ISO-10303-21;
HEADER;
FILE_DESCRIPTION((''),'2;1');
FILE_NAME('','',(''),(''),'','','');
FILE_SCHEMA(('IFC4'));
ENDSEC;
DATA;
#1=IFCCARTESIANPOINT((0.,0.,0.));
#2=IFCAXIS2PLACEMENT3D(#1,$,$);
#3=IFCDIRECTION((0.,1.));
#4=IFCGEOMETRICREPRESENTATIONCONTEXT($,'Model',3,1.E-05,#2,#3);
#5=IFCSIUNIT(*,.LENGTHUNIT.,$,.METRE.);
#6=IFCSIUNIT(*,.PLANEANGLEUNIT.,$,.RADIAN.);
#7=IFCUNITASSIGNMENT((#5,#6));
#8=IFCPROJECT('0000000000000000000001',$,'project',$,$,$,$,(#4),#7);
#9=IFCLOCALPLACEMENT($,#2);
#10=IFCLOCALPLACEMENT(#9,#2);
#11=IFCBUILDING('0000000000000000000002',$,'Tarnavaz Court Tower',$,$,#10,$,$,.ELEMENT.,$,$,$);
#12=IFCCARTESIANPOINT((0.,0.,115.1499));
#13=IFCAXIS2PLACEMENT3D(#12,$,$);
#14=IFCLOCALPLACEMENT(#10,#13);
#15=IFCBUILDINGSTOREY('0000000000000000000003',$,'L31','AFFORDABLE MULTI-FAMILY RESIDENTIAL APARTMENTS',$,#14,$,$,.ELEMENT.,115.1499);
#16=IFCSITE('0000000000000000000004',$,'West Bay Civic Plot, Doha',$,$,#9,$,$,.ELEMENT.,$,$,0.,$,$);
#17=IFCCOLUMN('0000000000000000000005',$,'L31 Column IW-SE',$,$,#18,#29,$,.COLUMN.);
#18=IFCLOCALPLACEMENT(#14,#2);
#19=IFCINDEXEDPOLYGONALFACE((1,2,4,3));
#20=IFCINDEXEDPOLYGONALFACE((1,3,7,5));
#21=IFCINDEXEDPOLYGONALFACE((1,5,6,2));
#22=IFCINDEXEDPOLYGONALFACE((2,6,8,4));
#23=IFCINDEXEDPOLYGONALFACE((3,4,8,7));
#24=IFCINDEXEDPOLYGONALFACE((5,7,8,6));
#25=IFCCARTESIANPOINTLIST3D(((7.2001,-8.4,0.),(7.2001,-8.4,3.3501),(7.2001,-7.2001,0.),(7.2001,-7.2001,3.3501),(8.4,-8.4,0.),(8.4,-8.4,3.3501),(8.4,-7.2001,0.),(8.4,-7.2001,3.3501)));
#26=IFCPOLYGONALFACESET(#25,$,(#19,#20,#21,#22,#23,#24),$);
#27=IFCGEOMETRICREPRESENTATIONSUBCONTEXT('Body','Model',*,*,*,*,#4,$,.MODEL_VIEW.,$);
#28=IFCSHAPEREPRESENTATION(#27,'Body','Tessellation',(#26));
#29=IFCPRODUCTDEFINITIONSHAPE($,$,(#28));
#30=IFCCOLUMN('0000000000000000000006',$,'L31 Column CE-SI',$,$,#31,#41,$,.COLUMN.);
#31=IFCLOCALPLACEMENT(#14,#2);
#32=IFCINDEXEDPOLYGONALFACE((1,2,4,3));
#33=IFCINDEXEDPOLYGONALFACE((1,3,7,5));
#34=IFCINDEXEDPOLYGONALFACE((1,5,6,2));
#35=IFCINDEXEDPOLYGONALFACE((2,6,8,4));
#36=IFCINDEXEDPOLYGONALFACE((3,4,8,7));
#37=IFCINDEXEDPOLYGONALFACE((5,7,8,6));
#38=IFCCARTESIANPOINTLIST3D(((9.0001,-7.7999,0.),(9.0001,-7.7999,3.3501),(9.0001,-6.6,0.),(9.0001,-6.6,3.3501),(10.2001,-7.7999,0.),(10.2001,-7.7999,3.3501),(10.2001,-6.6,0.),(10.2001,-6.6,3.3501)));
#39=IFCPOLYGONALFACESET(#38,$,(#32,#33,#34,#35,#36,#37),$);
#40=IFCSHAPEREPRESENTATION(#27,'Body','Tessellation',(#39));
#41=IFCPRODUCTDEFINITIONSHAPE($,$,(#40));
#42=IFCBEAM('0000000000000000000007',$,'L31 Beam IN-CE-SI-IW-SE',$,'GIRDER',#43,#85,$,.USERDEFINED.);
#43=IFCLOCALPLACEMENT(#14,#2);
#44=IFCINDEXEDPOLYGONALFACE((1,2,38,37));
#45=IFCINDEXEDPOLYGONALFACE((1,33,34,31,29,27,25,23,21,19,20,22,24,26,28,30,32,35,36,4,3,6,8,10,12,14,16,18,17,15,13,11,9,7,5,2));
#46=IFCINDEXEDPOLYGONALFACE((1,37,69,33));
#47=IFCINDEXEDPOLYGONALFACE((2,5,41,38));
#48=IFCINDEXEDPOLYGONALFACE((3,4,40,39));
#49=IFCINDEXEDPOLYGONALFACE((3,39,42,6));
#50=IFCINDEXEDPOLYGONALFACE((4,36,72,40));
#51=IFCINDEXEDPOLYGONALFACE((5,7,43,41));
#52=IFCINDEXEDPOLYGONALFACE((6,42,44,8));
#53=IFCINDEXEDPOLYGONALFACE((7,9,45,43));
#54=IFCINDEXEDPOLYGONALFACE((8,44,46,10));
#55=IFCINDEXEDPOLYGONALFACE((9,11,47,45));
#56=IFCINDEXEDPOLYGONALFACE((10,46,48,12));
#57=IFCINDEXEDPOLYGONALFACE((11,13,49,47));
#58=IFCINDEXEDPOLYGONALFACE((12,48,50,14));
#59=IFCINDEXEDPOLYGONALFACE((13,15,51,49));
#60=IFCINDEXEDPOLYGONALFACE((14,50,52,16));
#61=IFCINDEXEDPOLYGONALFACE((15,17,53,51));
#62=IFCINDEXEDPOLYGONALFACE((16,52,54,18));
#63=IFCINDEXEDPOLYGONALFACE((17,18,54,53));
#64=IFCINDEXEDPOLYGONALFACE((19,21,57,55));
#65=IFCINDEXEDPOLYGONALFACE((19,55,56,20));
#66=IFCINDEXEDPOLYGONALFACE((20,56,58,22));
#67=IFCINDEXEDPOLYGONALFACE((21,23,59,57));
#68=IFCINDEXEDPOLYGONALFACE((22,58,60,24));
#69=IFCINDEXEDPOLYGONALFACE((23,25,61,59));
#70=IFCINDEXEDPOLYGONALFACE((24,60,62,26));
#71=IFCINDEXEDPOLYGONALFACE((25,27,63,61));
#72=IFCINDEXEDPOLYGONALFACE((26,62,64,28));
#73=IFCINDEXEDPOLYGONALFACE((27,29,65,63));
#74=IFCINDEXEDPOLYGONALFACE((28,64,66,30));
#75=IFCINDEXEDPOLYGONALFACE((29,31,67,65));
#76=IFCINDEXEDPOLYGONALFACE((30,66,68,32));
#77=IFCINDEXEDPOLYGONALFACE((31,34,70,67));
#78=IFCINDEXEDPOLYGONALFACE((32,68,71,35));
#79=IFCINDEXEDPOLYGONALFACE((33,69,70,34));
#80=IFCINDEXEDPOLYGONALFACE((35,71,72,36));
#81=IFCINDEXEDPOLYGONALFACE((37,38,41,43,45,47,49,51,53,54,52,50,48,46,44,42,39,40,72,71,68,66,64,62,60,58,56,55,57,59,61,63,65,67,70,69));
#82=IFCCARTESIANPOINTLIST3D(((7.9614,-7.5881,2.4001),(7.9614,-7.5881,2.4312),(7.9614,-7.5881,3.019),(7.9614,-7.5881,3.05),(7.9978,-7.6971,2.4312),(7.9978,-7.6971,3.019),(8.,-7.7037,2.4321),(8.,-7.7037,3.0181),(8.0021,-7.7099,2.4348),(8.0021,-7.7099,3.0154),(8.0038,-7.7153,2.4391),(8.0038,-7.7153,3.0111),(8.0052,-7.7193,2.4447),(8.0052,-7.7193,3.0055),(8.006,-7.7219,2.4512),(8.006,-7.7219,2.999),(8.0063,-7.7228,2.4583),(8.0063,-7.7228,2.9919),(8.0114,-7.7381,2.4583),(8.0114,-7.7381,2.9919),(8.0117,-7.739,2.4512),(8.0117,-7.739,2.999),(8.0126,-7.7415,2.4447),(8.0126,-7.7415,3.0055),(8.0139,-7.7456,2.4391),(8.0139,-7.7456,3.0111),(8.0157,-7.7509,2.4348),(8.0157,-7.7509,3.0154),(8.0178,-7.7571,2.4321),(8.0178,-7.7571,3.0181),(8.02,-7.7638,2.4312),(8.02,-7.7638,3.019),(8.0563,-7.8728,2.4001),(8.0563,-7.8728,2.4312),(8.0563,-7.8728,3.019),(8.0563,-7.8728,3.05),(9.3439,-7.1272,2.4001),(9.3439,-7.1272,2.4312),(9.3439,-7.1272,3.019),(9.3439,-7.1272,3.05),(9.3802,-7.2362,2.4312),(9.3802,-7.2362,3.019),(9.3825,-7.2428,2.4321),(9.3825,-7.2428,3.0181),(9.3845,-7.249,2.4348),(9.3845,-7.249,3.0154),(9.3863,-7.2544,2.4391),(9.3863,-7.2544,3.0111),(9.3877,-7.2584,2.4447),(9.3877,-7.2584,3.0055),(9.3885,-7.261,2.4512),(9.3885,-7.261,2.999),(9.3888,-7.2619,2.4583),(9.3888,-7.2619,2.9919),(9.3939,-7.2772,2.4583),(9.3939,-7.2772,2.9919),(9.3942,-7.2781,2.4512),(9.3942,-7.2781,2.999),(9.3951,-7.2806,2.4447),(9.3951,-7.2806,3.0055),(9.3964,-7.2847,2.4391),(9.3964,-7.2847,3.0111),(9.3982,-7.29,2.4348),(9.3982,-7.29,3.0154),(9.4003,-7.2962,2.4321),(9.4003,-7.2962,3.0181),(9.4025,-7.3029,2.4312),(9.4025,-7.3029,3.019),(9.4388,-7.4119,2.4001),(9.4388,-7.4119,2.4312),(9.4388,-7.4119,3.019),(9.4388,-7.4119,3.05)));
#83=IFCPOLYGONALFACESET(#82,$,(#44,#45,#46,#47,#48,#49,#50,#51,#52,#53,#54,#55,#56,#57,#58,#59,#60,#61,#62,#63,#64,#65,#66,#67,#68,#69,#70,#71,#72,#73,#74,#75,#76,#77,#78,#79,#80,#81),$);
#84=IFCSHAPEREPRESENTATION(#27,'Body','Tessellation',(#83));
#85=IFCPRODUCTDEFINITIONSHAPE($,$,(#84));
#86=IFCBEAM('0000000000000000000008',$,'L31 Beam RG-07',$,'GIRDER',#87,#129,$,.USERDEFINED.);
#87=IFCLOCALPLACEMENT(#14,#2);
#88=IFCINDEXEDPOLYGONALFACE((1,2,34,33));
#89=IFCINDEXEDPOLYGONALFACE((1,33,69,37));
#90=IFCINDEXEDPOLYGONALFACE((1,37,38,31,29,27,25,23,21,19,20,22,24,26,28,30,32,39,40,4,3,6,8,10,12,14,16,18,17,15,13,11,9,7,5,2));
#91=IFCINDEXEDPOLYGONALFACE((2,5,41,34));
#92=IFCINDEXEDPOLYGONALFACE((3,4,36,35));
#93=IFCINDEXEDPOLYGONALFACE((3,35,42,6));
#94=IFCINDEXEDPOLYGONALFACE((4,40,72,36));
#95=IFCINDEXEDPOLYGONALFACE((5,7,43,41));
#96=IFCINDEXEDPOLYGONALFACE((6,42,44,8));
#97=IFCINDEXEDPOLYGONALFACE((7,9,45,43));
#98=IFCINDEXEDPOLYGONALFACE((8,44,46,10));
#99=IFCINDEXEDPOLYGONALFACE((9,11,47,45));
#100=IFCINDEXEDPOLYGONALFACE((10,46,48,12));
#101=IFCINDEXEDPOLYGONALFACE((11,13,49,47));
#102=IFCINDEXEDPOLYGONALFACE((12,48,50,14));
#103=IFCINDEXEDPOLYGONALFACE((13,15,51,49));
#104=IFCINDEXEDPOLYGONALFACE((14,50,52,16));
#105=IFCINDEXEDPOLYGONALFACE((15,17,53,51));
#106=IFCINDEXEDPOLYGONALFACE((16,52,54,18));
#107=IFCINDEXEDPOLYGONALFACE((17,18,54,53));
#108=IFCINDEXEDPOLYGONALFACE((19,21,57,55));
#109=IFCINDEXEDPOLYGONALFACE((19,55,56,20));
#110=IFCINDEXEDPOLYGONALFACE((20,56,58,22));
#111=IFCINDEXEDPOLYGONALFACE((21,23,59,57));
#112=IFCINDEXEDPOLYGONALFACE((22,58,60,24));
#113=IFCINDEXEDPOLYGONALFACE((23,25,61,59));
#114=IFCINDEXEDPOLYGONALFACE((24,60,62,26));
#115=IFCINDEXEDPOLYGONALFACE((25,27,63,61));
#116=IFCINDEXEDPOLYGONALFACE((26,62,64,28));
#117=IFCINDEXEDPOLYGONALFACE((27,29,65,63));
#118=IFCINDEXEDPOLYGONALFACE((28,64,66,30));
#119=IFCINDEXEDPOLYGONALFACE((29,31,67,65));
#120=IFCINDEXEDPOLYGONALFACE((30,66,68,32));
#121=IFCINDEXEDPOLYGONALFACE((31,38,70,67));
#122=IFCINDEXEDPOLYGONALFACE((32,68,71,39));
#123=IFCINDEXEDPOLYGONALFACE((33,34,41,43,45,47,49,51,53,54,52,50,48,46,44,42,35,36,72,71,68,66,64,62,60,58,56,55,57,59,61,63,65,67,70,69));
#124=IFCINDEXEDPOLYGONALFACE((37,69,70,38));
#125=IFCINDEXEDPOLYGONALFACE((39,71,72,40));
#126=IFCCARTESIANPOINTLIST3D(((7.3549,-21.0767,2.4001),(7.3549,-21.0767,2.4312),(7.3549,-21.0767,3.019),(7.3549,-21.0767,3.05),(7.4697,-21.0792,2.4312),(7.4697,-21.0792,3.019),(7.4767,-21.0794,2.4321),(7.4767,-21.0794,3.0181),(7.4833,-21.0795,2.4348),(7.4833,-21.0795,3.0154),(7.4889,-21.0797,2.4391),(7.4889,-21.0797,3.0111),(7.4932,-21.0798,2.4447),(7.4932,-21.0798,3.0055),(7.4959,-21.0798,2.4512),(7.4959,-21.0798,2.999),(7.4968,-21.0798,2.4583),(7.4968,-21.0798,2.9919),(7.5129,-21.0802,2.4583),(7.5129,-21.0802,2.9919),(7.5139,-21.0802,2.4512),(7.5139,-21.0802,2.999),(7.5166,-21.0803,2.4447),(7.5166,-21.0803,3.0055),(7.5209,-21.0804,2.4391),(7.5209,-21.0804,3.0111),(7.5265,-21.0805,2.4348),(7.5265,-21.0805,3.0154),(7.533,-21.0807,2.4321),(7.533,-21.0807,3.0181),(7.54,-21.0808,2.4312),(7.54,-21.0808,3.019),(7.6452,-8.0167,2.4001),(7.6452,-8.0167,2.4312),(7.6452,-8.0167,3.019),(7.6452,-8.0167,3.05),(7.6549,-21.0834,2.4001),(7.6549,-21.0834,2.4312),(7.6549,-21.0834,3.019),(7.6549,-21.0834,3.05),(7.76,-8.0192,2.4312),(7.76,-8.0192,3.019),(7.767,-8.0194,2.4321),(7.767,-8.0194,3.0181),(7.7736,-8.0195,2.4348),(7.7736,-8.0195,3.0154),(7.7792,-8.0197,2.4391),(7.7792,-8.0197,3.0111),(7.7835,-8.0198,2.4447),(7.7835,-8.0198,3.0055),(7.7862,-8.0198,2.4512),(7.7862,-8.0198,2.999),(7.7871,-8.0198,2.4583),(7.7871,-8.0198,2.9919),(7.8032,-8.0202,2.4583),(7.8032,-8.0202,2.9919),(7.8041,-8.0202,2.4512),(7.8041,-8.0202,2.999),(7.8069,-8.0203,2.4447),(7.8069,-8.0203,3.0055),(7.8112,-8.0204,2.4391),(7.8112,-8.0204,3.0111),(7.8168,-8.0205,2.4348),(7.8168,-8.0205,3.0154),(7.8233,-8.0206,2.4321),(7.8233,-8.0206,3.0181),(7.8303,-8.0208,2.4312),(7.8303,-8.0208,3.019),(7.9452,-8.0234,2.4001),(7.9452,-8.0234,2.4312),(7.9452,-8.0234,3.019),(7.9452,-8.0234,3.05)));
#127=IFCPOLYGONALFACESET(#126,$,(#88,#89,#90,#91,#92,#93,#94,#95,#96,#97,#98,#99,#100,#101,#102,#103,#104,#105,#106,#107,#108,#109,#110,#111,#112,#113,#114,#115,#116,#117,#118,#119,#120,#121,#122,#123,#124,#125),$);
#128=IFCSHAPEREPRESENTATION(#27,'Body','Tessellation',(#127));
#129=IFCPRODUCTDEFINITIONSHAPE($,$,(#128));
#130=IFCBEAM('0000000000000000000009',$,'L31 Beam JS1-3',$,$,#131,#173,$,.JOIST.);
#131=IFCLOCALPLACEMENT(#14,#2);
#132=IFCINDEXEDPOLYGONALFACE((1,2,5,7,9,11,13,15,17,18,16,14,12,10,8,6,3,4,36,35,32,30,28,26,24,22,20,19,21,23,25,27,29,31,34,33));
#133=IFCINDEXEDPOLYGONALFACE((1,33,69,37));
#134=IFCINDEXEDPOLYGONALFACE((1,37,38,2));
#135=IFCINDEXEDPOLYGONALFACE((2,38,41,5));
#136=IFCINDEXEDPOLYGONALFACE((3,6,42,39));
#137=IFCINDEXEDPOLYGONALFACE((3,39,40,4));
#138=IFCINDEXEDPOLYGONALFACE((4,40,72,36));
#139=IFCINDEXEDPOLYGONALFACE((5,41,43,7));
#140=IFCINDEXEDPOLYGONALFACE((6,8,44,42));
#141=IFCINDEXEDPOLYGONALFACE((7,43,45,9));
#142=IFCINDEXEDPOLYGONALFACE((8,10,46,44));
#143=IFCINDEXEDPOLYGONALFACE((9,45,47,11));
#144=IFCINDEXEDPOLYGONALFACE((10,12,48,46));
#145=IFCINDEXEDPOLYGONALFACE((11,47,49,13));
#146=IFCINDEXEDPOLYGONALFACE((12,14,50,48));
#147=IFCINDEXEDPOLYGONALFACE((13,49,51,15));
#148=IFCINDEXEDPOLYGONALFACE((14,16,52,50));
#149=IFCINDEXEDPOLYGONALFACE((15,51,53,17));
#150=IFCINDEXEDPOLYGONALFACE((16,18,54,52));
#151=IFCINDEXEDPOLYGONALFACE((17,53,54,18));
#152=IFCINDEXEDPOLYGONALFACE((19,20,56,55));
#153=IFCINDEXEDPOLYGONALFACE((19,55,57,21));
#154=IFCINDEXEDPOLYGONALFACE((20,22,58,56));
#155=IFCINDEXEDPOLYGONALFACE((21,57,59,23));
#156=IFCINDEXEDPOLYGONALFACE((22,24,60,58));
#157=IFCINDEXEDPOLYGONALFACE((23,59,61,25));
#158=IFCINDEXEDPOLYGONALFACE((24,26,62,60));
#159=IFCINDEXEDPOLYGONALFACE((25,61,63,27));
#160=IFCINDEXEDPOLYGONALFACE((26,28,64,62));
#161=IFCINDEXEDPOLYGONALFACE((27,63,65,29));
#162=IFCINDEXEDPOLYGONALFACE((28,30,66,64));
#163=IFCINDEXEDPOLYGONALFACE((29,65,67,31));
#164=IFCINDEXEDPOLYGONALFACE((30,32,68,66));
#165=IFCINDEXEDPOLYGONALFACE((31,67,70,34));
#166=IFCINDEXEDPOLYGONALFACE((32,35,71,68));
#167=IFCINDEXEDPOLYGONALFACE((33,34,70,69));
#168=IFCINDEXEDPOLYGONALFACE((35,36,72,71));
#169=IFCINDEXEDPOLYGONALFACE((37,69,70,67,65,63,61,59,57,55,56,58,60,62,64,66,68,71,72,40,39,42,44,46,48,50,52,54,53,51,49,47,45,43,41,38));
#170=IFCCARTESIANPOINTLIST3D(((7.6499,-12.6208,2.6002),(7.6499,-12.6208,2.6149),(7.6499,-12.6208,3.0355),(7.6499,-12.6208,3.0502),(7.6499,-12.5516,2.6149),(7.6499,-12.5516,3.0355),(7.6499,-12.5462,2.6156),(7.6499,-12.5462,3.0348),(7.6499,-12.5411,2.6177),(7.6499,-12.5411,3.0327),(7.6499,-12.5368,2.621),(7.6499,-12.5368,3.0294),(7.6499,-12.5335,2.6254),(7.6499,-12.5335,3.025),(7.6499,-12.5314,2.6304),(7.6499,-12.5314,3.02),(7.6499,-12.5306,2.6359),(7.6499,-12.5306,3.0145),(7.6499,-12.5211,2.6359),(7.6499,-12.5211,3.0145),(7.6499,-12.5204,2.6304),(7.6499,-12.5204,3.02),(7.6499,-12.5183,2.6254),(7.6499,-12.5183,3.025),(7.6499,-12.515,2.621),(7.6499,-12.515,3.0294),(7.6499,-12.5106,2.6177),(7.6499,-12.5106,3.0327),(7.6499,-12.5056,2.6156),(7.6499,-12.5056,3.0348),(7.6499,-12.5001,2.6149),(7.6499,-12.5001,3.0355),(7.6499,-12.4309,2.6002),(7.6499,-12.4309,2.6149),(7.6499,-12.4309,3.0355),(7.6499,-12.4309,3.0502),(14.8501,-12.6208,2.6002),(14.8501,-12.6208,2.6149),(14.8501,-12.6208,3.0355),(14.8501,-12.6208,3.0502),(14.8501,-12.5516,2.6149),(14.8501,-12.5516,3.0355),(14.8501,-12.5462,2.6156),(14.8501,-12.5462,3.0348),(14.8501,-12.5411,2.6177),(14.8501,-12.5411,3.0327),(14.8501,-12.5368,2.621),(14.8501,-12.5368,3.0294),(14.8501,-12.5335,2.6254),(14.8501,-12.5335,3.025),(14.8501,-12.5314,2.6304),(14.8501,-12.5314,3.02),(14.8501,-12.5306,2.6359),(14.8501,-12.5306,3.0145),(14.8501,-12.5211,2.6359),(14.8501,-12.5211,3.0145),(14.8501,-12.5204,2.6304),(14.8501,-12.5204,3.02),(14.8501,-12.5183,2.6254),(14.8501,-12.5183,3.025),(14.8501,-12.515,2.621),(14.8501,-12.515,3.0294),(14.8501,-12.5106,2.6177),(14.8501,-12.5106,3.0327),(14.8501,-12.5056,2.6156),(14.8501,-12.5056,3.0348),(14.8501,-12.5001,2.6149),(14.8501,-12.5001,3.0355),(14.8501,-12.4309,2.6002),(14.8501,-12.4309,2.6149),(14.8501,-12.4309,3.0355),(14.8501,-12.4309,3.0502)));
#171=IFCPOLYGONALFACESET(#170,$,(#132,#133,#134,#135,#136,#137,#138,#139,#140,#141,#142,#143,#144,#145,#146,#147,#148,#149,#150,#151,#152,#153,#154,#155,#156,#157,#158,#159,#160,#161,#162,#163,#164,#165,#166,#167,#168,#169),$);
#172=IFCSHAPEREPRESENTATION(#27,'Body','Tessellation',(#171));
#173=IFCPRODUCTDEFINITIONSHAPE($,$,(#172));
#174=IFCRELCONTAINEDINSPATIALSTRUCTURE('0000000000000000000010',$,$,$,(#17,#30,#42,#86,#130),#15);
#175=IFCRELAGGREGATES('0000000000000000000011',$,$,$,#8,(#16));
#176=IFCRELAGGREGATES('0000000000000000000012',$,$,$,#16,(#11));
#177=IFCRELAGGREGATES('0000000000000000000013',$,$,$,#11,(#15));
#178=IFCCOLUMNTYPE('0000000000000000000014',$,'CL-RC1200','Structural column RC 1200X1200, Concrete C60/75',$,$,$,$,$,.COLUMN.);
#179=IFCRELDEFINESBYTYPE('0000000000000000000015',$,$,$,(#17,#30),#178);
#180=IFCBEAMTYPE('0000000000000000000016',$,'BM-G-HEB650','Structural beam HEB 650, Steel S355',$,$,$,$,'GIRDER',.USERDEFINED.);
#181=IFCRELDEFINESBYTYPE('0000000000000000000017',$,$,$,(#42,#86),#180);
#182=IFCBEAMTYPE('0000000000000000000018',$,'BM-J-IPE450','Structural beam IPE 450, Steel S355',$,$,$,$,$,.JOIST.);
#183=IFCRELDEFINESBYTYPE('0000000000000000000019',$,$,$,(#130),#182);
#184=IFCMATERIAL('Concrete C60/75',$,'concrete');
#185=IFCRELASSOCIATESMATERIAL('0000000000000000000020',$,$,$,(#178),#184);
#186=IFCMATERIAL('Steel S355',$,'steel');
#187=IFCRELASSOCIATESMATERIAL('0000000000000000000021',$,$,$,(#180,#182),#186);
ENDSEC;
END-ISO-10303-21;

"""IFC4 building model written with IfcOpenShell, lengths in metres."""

from ifc_helpers import new_model, si_unit, direction, frame, origin, origin_2d, place, context, subcontext, project, spatial, rectangle, i_section, extrude, material, material_profile, profile_set, type_object, element, save


model = new_model("IFC4")

# Units and contexts
model_context = context("Model", 3, precision=1e-05, world=origin(), true_north=direction((0.0, 1.0)))
body_context = subcontext(model_context, "Body", "Model", "MODEL_VIEW")
ifc_project = project(units=[si_unit("LENGTHUNIT", "METRE"), si_unit("PLANEANGLEUNIT", "RADIAN")], contexts=[model_context])

# Site, building, storey
site_placement = place(None, origin())
site = spatial("IfcSite", under=ifc_project, at=site_placement, Name="West Bay Civic Plot, Doha", CompositionType="ELEMENT", RefElevation=0.0)
building_placement = place(site_placement, origin())
building = spatial("IfcBuilding", under=site, at=building_placement, Name="Tarnavaz Court Tower", CompositionType="ELEMENT")
storey_placement = place(building_placement, frame((0.0, 0.0, 115.1499)))
storey = spatial("IfcBuildingStorey", under=building, at=storey_placement, Name="L31", Description="AFFORDABLE MULTI-FAMILY RESIDENTIAL APARTMENTS", CompositionType="ELEMENT", Elevation=115.1499)

# Columns
ifc_material_1 = material(Name="Concrete C60/75", Category="concrete")
ifc_material_profile_1 = material_profile(ifc_material_1, rectangle(XDim=1.2, YDim=1.2, at=origin_2d()), Name="RC 1200X1200")
ifc_profile_set_1 = profile_set([ifc_material_profile_1], Name="Concrete C60/75")
column_type = type_object("IfcColumnType", Name="CL-RC1200", Description="Structural column RC 1200X1200, Concrete C60/75", PredefinedType="COLUMN", material=ifc_profile_set_1)
for number, where, z_axis, x_axis, name in (
    (1, (7.8, -7.8, 0.0), (0.0, 0.0, 1.0), (1.0, 0.0, 0.0), "L31 Column IW-SE"),
    (2, (9.6001, -7.2, 0.0), (0.0, 0.0, 1.0), (1.0, 0.0, 0.0), "L31 Column CE-SI"),
):
    element("IfcColumn", number, at=place(storey_placement, frame(where, z_axis=z_axis, x_axis=x_axis)), inside=storey, type_object=column_type, Name=name, PredefinedType="COLUMN", context=body_context, shape_type="SweptSolid", body=[
        extrude(rectangle(XDim=1.2, YDim=1.2, at=origin_2d()), origin(), (0.0, 0.0, 1.0), 3.3501),
    ])

# Beams
ifc_material_2 = material(Name="Steel S355", Category="steel")
ifc_material_profile_2 = material_profile(ifc_material_2, i_section(OverallWidth=0.3, OverallDepth=0.6499, WebThickness=0.0161, FlangeThickness=0.031, FilletRadius=0.0271, at=origin_2d()), Name="HEB 650")
ifc_profile_set_2 = profile_set([ifc_material_profile_2], Name="Steel S355")
beam_type_1 = type_object("IfcBeamType", Name="BM-G-HEB650", Description="Structural beam HEB 650, Steel S355", ElementType="GIRDER", PredefinedType="USERDEFINED", material=ifc_profile_set_2)
beam_1_placement = place(storey_placement, frame((9.3914, -7.2695, 2.7251), z_axis=(-0.948667, -0.316278, 0.0), x_axis=(0.316278, -0.948667, 0.0)))
element("IfcBeam", 3, at=beam_1_placement, inside=storey, type_object=beam_type_1, Name="L31 Beam IN-CE-SI-IW-SE", ObjectType="GIRDER", PredefinedType="USERDEFINED", context=body_context, shape_type="SweptSolid", body=[
    extrude(i_section(OverallWidth=0.3, OverallDepth=0.6499, WebThickness=0.0161, FlangeThickness=0.031, FilletRadius=0.0271, at=origin_2d()), origin(), (0.0, 0.0, 1.0), 1.4573),
])
beam_2_placement = place(storey_placement, frame((7.7952, -8.02, 2.7251), z_axis=(-0.022221, -0.999753, 0.0), x_axis=(0.999753, -0.022221, 0.0)))
element("IfcBeam", 4, at=beam_2_placement, inside=storey, type_object=beam_type_1, Name="L31 Beam RG-07", ObjectType="GIRDER", PredefinedType="USERDEFINED", context=body_context, shape_type="SweptSolid", body=[
    extrude(i_section(OverallWidth=0.3, OverallDepth=0.6499, WebThickness=0.0161, FlangeThickness=0.031, FilletRadius=0.0271, at=origin_2d()), origin(), (0.0, 0.0, 1.0), 13.0632),
])
ifc_material_profile_3 = material_profile(ifc_material_2, i_section(OverallWidth=0.1899, OverallDepth=0.45, WebThickness=0.0095, FlangeThickness=0.0146, FilletRadius=0.021, at=origin_2d()), Name="IPE 450")
ifc_profile_set_3 = profile_set([ifc_material_profile_3], Name="Steel S355")
beam_type_2 = type_object("IfcBeamType", Name="BM-J-IPE450", Description="Structural beam IPE 450, Steel S355", PredefinedType="JOIST", material=ifc_profile_set_3)
for number, where, z_axis, x_axis, name in (
    (5, (7.6499, -12.5259, 2.8252), (1.0, 0.0, 0.0), (0.0, 1.0, 0.0), "L31 Beam JS1-3"),
):
    element("IfcBeam", number, at=place(storey_placement, frame(where, z_axis=z_axis, x_axis=x_axis)), inside=storey, type_object=beam_type_2, Name=name, PredefinedType="JOIST", context=body_context, shape_type="SweptSolid", body=[
        extrude(i_section(OverallWidth=0.1899, OverallDepth=0.45, WebThickness=0.0095, FlangeThickness=0.0146, FilletRadius=0.021, at=origin_2d()), origin(), (0.0, 0.0, 1.0), 7.2002),
    ])

save(model, "model.ifc")
